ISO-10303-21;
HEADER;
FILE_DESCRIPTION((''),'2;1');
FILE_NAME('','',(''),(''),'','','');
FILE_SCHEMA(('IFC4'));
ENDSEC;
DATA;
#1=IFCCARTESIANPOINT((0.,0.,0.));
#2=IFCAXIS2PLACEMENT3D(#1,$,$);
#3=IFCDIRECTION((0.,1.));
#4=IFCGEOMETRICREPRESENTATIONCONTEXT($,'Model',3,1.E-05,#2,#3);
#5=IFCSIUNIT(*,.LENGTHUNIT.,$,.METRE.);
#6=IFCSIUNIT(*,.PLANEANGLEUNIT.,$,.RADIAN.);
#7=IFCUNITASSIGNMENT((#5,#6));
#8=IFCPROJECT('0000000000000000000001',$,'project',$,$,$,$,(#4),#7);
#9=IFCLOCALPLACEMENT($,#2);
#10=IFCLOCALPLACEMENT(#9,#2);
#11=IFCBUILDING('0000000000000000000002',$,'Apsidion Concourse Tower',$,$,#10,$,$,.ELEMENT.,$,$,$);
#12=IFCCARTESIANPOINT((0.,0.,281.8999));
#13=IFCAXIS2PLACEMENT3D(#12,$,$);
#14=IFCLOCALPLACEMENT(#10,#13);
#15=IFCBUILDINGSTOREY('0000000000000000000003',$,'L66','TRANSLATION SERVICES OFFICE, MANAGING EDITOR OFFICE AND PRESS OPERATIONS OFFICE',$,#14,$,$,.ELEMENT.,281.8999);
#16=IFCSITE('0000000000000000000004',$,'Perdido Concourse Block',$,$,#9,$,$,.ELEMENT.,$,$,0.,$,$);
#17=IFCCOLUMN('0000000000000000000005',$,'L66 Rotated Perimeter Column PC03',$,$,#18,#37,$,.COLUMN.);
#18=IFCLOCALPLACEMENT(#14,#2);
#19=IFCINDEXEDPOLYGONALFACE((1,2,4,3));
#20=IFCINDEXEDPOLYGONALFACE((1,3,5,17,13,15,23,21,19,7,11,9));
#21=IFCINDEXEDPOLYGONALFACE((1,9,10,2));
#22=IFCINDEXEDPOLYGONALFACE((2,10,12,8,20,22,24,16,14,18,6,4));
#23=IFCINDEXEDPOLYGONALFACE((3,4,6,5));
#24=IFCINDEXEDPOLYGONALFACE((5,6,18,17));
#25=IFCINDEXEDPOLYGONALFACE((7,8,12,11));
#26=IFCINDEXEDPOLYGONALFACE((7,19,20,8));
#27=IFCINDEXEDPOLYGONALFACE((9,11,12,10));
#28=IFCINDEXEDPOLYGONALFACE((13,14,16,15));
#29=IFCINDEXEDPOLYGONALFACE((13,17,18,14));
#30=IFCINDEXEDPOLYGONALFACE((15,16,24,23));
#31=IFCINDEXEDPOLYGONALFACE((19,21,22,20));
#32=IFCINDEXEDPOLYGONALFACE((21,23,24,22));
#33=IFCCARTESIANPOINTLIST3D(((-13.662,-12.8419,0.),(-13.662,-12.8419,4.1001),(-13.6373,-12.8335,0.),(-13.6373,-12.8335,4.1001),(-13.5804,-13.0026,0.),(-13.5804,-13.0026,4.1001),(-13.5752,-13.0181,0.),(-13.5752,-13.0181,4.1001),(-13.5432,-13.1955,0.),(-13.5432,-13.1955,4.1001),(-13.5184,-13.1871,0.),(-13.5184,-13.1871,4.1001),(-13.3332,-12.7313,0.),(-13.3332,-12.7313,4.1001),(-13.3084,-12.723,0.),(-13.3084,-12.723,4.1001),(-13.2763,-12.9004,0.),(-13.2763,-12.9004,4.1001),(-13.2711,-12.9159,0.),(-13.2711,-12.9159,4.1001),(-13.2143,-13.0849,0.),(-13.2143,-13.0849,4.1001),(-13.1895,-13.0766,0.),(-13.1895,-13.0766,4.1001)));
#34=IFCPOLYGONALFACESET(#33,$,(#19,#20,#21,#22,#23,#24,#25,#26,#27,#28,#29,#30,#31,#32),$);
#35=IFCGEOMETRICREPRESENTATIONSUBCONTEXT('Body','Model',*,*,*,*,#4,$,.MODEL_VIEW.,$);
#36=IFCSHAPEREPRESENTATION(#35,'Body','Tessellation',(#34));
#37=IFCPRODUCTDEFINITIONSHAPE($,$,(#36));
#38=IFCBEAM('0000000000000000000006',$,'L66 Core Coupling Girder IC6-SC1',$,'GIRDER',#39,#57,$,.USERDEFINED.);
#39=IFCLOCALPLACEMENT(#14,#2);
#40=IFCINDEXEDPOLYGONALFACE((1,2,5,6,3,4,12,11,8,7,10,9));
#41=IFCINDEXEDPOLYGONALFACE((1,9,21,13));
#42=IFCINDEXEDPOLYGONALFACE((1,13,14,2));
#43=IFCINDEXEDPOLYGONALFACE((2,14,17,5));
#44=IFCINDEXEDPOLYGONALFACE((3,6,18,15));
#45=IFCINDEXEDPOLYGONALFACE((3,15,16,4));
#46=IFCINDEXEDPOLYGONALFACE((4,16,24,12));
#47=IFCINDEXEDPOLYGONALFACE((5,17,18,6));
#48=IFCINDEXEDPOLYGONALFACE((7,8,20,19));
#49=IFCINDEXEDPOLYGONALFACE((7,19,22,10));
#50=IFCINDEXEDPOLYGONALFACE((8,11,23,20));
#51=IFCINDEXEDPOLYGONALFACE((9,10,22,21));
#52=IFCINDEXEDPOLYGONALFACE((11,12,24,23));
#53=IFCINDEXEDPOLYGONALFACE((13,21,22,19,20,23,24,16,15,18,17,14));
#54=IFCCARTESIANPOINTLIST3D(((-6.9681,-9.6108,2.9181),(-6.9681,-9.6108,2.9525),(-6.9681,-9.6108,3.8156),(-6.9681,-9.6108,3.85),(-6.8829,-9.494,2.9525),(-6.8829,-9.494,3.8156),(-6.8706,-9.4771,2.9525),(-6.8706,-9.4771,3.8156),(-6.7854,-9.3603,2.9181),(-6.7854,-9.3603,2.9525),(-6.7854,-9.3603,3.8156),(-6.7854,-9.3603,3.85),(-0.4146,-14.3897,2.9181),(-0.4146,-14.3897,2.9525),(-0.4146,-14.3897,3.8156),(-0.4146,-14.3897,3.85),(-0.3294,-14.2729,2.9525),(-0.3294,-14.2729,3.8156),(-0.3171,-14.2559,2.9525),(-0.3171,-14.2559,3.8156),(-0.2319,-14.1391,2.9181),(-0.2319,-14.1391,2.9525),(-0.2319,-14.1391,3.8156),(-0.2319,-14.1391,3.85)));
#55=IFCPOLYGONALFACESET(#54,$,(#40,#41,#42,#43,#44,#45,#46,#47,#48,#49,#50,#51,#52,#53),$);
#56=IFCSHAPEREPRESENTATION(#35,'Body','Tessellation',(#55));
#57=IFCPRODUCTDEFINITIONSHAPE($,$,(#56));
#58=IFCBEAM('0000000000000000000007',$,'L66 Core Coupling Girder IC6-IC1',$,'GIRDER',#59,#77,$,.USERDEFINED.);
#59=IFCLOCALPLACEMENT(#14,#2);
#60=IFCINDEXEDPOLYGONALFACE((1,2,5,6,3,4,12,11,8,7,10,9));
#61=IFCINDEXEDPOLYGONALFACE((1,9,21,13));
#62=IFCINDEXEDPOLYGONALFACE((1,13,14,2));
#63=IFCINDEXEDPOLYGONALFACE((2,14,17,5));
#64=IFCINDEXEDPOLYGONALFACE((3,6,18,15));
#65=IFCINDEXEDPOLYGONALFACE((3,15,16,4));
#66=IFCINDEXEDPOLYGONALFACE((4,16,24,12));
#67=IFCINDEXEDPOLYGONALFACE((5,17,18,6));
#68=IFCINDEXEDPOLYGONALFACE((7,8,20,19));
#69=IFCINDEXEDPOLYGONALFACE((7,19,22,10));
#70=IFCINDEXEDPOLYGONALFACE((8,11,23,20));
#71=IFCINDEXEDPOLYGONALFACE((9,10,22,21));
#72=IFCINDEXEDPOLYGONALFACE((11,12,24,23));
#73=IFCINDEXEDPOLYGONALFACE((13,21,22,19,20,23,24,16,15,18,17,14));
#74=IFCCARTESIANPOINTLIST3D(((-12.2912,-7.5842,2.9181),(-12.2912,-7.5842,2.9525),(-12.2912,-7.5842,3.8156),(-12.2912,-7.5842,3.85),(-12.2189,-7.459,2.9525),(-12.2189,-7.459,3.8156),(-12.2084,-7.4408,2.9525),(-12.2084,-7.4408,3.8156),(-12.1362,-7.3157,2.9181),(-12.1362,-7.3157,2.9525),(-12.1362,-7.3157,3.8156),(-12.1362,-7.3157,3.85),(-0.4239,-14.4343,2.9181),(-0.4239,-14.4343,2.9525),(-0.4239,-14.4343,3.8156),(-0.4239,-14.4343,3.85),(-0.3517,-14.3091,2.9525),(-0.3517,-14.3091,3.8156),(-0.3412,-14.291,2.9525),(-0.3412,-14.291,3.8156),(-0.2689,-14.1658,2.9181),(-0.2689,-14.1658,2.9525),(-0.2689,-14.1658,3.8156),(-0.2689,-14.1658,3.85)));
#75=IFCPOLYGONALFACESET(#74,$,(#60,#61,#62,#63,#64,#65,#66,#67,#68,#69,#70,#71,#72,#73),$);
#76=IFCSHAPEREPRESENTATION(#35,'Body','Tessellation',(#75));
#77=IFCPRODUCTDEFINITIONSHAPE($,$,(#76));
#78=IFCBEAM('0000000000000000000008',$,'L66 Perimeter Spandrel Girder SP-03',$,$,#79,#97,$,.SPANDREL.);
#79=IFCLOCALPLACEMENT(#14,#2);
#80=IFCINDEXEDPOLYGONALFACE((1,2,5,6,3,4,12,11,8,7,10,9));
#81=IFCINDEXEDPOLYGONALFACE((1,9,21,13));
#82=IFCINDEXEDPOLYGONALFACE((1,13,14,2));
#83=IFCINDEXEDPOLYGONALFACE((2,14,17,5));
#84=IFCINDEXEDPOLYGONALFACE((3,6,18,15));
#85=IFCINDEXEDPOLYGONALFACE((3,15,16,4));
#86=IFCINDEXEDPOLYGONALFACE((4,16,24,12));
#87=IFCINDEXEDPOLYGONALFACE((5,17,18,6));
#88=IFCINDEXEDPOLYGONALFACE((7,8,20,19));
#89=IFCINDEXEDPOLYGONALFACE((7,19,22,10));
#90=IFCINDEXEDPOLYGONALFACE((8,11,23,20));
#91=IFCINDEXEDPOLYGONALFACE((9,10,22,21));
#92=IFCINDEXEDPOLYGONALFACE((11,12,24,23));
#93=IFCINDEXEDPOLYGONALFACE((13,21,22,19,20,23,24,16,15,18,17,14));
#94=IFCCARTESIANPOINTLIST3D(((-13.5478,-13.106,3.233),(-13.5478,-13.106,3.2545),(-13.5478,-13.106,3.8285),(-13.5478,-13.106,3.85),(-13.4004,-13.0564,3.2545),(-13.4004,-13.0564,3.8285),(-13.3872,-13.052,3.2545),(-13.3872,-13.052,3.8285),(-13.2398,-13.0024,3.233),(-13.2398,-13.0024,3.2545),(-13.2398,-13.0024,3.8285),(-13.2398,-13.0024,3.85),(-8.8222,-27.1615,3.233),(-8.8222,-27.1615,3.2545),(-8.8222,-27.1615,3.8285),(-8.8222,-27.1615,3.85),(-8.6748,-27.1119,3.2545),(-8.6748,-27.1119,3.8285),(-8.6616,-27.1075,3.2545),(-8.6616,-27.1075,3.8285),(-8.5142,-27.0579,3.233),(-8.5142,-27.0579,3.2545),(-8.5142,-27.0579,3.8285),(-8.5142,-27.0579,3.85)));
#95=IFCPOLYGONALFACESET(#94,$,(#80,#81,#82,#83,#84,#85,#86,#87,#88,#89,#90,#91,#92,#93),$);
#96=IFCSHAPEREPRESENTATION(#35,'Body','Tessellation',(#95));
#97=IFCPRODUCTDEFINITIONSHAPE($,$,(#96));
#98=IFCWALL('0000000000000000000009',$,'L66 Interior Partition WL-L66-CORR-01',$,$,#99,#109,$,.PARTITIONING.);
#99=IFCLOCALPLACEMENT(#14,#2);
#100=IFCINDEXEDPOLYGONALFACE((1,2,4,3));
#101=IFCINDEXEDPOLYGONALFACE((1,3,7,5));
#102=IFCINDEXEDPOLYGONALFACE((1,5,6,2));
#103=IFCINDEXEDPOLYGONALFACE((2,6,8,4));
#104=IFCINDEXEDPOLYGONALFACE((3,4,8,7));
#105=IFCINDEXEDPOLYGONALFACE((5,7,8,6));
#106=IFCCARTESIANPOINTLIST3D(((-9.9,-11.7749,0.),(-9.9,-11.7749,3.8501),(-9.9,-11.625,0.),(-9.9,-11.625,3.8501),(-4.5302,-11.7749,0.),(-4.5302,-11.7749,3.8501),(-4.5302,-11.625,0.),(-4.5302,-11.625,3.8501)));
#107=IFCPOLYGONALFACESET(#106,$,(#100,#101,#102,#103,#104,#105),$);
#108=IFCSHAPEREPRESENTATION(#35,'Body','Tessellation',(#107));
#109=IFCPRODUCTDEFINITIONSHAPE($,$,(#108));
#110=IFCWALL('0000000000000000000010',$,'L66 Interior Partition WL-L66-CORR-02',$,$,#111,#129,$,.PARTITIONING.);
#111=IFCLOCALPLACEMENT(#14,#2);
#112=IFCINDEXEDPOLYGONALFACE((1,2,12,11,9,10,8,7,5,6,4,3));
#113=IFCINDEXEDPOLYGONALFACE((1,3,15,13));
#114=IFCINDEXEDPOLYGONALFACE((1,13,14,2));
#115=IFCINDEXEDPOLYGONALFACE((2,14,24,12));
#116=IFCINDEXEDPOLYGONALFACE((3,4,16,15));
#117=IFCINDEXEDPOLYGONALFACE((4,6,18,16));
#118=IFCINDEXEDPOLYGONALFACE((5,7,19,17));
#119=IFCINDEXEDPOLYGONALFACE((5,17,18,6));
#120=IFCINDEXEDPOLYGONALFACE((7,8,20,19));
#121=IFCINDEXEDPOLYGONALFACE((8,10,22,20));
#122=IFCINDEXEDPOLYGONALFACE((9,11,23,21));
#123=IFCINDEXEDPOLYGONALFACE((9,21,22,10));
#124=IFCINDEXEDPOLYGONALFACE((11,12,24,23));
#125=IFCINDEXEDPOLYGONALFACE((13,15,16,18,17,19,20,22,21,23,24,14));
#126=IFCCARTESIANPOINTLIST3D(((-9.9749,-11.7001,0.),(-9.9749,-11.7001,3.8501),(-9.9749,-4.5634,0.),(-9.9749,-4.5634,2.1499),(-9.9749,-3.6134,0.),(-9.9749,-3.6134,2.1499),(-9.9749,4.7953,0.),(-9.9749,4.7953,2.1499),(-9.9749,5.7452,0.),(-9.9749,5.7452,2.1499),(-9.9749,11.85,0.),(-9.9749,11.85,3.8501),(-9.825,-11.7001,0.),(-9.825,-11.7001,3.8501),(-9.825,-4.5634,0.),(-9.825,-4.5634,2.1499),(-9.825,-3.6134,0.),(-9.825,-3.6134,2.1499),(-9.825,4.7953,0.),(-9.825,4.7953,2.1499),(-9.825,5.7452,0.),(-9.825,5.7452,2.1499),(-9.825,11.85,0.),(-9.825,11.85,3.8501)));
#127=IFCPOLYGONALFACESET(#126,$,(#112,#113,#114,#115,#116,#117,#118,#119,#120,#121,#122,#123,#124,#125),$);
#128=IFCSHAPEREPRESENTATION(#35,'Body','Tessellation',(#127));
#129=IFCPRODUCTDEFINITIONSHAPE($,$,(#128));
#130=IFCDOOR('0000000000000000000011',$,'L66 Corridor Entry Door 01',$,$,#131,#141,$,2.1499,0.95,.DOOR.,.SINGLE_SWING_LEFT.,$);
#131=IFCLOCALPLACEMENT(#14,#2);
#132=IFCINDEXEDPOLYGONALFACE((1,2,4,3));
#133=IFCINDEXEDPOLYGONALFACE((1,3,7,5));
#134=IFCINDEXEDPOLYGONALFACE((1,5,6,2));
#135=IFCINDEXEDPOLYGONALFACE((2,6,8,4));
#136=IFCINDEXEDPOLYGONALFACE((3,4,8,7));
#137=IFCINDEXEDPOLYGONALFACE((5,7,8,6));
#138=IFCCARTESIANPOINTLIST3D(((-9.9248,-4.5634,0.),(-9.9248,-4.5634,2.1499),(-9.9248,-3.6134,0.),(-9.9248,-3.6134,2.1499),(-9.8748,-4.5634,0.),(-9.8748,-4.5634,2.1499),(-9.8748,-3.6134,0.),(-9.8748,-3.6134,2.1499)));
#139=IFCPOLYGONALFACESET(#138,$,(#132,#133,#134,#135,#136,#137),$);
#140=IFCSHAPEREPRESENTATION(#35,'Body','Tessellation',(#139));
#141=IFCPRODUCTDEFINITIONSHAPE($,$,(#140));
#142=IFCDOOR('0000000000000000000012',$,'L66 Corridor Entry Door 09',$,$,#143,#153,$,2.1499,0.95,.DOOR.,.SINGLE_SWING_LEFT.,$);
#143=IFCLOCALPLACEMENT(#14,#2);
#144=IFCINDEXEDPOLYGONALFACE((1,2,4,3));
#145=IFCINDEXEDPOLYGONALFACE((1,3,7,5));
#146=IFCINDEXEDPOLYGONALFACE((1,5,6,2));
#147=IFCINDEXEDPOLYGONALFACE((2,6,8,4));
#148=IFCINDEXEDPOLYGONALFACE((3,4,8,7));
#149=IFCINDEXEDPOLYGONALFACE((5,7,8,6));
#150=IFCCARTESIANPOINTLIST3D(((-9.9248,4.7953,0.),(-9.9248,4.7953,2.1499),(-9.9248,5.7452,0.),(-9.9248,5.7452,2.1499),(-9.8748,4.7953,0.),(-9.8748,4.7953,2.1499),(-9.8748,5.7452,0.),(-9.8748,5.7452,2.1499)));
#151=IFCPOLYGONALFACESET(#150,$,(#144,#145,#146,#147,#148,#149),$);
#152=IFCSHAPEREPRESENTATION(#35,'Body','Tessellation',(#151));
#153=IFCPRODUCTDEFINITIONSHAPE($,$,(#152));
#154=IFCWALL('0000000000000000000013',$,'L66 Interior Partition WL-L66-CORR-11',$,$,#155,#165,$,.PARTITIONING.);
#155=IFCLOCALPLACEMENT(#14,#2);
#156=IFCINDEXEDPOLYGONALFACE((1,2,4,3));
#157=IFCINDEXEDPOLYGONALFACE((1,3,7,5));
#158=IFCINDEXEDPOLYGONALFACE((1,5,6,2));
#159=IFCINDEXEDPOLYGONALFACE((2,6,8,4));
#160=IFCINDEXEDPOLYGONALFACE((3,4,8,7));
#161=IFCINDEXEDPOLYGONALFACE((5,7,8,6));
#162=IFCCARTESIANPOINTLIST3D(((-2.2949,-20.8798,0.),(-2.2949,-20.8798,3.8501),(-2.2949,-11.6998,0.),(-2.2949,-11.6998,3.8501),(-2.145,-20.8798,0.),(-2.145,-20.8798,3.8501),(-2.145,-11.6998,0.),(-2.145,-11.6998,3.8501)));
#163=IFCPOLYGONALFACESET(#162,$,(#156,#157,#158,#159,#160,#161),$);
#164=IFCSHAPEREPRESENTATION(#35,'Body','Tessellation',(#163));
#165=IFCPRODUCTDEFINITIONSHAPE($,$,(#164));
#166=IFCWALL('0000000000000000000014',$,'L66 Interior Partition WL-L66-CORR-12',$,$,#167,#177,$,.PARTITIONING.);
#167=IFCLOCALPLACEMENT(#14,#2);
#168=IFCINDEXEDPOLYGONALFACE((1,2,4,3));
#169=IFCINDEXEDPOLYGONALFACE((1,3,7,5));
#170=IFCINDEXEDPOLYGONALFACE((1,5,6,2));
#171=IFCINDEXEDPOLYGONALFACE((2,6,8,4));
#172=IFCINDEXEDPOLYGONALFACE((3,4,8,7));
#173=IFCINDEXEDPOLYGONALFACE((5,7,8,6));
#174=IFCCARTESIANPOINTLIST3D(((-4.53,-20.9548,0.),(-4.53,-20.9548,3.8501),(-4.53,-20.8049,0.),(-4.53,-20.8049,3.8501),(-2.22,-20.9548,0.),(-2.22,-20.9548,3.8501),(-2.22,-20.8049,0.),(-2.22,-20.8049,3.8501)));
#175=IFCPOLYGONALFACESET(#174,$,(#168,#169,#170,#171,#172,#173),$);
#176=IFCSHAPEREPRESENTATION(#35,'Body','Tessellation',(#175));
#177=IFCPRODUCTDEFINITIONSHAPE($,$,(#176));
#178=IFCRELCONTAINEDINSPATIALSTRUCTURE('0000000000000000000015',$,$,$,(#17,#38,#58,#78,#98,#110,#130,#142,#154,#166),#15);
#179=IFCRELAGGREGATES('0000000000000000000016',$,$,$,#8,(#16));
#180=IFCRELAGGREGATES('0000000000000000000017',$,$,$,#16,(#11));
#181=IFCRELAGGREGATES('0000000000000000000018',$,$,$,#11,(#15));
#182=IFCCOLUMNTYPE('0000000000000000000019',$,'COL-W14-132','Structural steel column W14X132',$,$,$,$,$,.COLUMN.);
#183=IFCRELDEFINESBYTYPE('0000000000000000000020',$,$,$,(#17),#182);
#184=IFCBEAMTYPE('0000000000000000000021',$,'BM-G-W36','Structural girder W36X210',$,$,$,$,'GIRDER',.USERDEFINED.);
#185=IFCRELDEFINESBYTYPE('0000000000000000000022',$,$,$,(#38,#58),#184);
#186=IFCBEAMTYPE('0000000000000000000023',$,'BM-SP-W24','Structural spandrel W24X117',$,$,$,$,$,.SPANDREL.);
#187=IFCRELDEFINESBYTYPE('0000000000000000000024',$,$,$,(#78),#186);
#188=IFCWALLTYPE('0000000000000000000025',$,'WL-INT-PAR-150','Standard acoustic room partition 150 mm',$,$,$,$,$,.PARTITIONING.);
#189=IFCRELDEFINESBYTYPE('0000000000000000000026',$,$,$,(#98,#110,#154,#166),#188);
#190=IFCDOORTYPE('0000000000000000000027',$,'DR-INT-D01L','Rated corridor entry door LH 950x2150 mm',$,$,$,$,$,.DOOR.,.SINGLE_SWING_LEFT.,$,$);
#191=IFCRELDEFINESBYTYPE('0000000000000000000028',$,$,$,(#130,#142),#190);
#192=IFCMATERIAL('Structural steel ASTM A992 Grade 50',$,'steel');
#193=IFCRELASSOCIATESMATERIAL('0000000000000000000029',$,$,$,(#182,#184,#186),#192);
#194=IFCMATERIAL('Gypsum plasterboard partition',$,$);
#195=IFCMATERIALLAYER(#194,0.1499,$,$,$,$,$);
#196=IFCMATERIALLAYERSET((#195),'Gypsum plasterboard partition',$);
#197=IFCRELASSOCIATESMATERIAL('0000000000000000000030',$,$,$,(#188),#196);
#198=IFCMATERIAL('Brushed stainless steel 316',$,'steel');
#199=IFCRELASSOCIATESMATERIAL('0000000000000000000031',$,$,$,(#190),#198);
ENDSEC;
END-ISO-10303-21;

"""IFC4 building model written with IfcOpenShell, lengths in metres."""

from ifc_helpers import new_model, si_unit, direction, frame, frame_2d, origin, origin_2d, place, context, subcontext, project, spatial, rectangle, i_section, extrude, material, layer, layer_set, material_profile, profile_set, type_object, element, fill, save


model = new_model("IFC4")

# Units and contexts
model_context = context("Model", 3, precision=1e-05, world=origin(), true_north=direction((0.0, 1.0)))
body_context = subcontext(model_context, "Body", "Model", "MODEL_VIEW")
ifc_project = project(units=[si_unit("LENGTHUNIT", "METRE"), si_unit("PLANEANGLEUNIT", "RADIAN")], contexts=[model_context])

# Site, building, storey
site_placement = place(None, origin())
site = spatial("IfcSite", under=ifc_project, at=site_placement, Name="Perdido Concourse Block", CompositionType="ELEMENT", RefElevation=0.0)
building_placement = place(site_placement, origin())
building = spatial("IfcBuilding", under=site, at=building_placement, Name="Apsidion Concourse Tower", CompositionType="ELEMENT")
storey_placement = place(building_placement, frame((0.0, 0.0, 281.8999)))
storey = spatial("IfcBuildingStorey", under=building, at=storey_placement, Name="L66", Description="TRANSLATION SERVICES OFFICE, MANAGING EDITOR OFFICE AND PRESS OPERATIONS OFFICE", CompositionType="ELEMENT", Elevation=281.8999)

# Column
ifc_material_1 = material(Name="Structural steel ASTM A992 Grade 50", Category="steel")
ifc_material_profile_1 = material_profile(ifc_material_1, i_section(OverallWidth=0.373, OverallDepth=0.373, WebThickness=0.0164, FlangeThickness=0.0261, at=origin_2d()), Name="W14X132")
ifc_profile_set_1 = profile_set([ifc_material_profile_1], Name="Structural steel ASTM A992 Grade 50")
column_type = type_object("IfcColumnType", Name="COL-W14-132", Description="Structural steel column W14X132", PredefinedType="COLUMN", material=ifc_profile_set_1)
column_placement = place(storey_placement, frame((-13.4258, -12.9592, 0.0), z_axis=(0.0, 0.0, 1.0), x_axis=(-0.318628, 0.94788, 0.0)))
element("IfcColumn", 1, at=column_placement, inside=storey, type_object=column_type, Name="L66 Rotated Perimeter Column PC03", PredefinedType="COLUMN", context=body_context, shape_type="SweptSolid", body=[
    extrude(i_section(OverallWidth=0.373, OverallDepth=0.373, WebThickness=0.0164, FlangeThickness=0.0261, at=origin_2d()), origin(), (0.0, 0.0, 1.0), 4.1001),
])

# Beams
ifc_material_profile_2 = material_profile(ifc_material_1, i_section(OverallWidth=0.3101, OverallDepth=0.9319, WebThickness=0.021, FlangeThickness=0.0344, at=origin_2d()), Name="W36X210")
ifc_profile_set_2 = profile_set([ifc_material_profile_2], Name="Structural steel ASTM A992 Grade 50")
beam_type_1 = type_object("IfcBeamType", Name="BM-G-W36", Description="Structural girder W36X210", ElementType="GIRDER", PredefinedType="USERDEFINED", material=ifc_profile_set_2)
beam_1_placement = place(storey_placement, frame((-0.3232, -14.2644, 3.384), z_axis=(-0.807993, 0.589191, 0.0), x_axis=(-0.589191, -0.807993, 0.0)))
element("IfcBeam", 2, at=beam_1_placement, inside=storey, type_object=beam_type_1, Name="L66 Core Coupling Girder IC6-SC1", ObjectType="GIRDER", PredefinedType="USERDEFINED", context=body_context, shape_type="SweptSolid", body=[
    extrude(i_section(OverallWidth=0.3101, OverallDepth=0.9319, WebThickness=0.021, FlangeThickness=0.0344, at=origin_2d()), origin(), (0.0, 0.0, 1.0), 8.1108),
])
beam_2_placement = place(storey_placement, frame((-0.3464, -14.3, 3.384), z_axis=(-0.86607, 0.499922, 0.0), x_axis=(-0.499922, -0.86607, 0.0)))
element("IfcBeam", 3, at=beam_2_placement, inside=storey, type_object=beam_type_1, Name="L66 Core Coupling Girder IC6-IC1", ObjectType="GIRDER", PredefinedType="USERDEFINED", context=body_context, shape_type="SweptSolid", body=[
    extrude(i_section(OverallWidth=0.3101, OverallDepth=0.9319, WebThickness=0.021, FlangeThickness=0.0344, at=origin_2d()), origin(), (0.0, 0.0, 1.0), 13.7024),
])
ifc_material_profile_3 = material_profile(ifc_material_1, i_section(OverallWidth=0.325, OverallDepth=0.6169, WebThickness=0.0139, FlangeThickness=0.0215, at=origin_2d()), Name="W24X117")
ifc_profile_set_3 = profile_set([ifc_material_profile_3], Name="Structural steel ASTM A992 Grade 50")
beam_type_2 = type_object("IfcBeamType", Name="BM-SP-W24", Description="Structural spandrel W24X117", PredefinedType="SPANDREL", material=ifc_profile_set_3)
beam_3_placement = place(storey_placement, frame((-13.3938, -13.0542, 3.5415), z_axis=(0.318682, -0.947862, 0.0), x_axis=(0.947862, 0.318682, 0.0)))
element("IfcBeam", 4, at=beam_3_placement, inside=storey, type_object=beam_type_2, Name="L66 Perimeter Spandrel Girder SP-03", PredefinedType="SPANDREL", context=body_context, shape_type="SweptSolid", body=[
    extrude(i_section(OverallWidth=0.325, OverallDepth=0.6169, WebThickness=0.0139, FlangeThickness=0.0215, at=origin_2d()), origin(), (0.0, 0.0, 1.0), 14.8286),
])

# Wall
ifc_material_2 = material(Name="Gypsum plasterboard partition")
ifc_layer = layer(ifc_material_2, 0.1499)
ifc_layer_set = layer_set([ifc_layer], Name="Gypsum plasterboard partition")
wall_type = type_object("IfcWallType", Name="WL-INT-PAR-150", Description="Standard acoustic room partition 150 mm", PredefinedType="PARTITIONING", material=ifc_layer_set)
wall_1_placement = place(storey_placement, frame((-4.53, -11.7, 0.0), z_axis=(0.0, 0.0, 1.0), x_axis=(-1.0, 0.0, 0.0)))
element("IfcWall", 5, at=wall_1_placement, inside=storey, type_object=wall_type, Name="L66 Interior Partition WL-L66-CORR-01", PredefinedType="PARTITIONING", context=body_context, shape_type="SweptSolid", body=[
    extrude(rectangle(XDim=5.3699, YDim=0.1499, at=frame_2d((2.6851, 0.0))), origin(), (0.0, 0.0, 1.0), 3.8501),
])

# Wall, openings, doors
wall_2_placement = place(storey_placement, frame((-9.8999, -11.7, 0.0), z_axis=(0.0, 0.0, 1.0), x_axis=(0.0, 1.0, 0.0)))
wall_2 = element("IfcWall", 6, at=wall_2_placement, inside=storey, type_object=wall_type, Name="L66 Interior Partition WL-L66-CORR-02", PredefinedType="PARTITIONING", context=body_context, shape_type="SweptSolid", body=[
    extrude(rectangle(XDim=23.55, YDim=0.1499, at=frame_2d((11.7749, 0.0))), origin(), (0.0, 0.0, 1.0), 3.8501),
])
opening_1_placement = place(wall_2_placement, frame((7.1365, 0.0, 0.0)))
opening_1 = element("IfcOpeningElement", 7, at=opening_1_placement, cuts=wall_2, PredefinedType="OPENING", context=body_context, shape_type="SweptSolid", body=[
    extrude(rectangle(XDim=0.95, YDim=2.1499, at=frame_2d((0.4751, 1.075))), frame((0.0, 0.085, 0.0), z_axis=(0.0, -1.0, 0.0), x_axis=(1.0, 0.0, 0.0)), (0.0, 0.0, 1.0), 0.1699),
])
opening_2_placement = place(wall_2_placement, frame((16.4951, 0.0, 0.0)))
opening_2 = element("IfcOpeningElement", 8, at=opening_2_placement, cuts=wall_2, PredefinedType="OPENING", context=body_context, shape_type="SweptSolid", body=[
    extrude(rectangle(XDim=0.95, YDim=2.1499, at=frame_2d((0.4751, 1.075))), frame((0.0, 0.085, 0.0), z_axis=(0.0, -1.0, 0.0), x_axis=(1.0, 0.0, 0.0)), (0.0, 0.0, 1.0), 0.1699),
])
ifc_material_3 = material(Name="Brushed stainless steel 316", Category="steel")
door_type_1 = type_object("IfcDoorType", Name="DR-INT-D01L", Description="Rated corridor entry door LH 950x2150 mm", OperationType="SINGLE_SWING_LEFT", PredefinedType="DOOR", material=ifc_material_3)
door_1_placement = place(opening_1_placement, origin())
door_1 = element("IfcDoor", 9, at=door_1_placement, inside=storey, type_object=door_type_1, Name="L66 Corridor Entry Door 01", OperationType="SINGLE_SWING_LEFT", OverallHeight=2.1499, OverallWidth=0.95, PredefinedType="DOOR", context=body_context, shape_type="SweptSolid", body=[
    extrude(rectangle(XDim=0.95, YDim=2.1499, at=frame_2d((0.4751, 1.075))), frame((0.0, 0.0249, 0.0), z_axis=(0.0, -1.0, 0.0), x_axis=(1.0, 0.0, 0.0)), (0.0, 0.0, 1.0), 0.05),
])
fill(opening_1, door_1)
door_2_placement = place(opening_2_placement, origin())
door_2 = element("IfcDoor", 10, at=door_2_placement, inside=storey, type_object=door_type_1, Name="L66 Corridor Entry Door 09", OperationType="SINGLE_SWING_LEFT", OverallHeight=2.1499, OverallWidth=0.95, PredefinedType="DOOR", context=body_context, shape_type="SweptSolid", body=[
    extrude(rectangle(XDim=0.95, YDim=2.1499, at=frame_2d((0.4751, 1.075))), frame((0.0, 0.0249, 0.0), z_axis=(0.0, -1.0, 0.0), x_axis=(1.0, 0.0, 0.0)), (0.0, 0.0, 1.0), 0.05),
])
fill(opening_2, door_2)

# Walls
wall_3_placement = place(storey_placement, frame((-2.22, -11.7, 0.0), z_axis=(0.0, 0.0, 1.0), x_axis=(0.0, -1.0, 0.0)))
element("IfcWall", 11, at=wall_3_placement, inside=storey, type_object=wall_type, Name="L66 Interior Partition WL-L66-CORR-11", PredefinedType="PARTITIONING", context=body_context, shape_type="SweptSolid", body=[
    extrude(rectangle(XDim=9.1799, YDim=0.1499, at=frame_2d((4.5898, 0.0))), origin(), (0.0, 0.0, 1.0), 3.8501),
])
wall_4_placement = place(storey_placement, frame((-2.22, -20.8799, 0.0), z_axis=(0.0, 0.0, 1.0), x_axis=(-1.0, 0.0, 0.0)))
element("IfcWall", 12, at=wall_4_placement, inside=storey, type_object=wall_type, Name="L66 Interior Partition WL-L66-CORR-12", PredefinedType="PARTITIONING", context=body_context, shape_type="SweptSolid", body=[
    extrude(rectangle(XDim=2.3101, YDim=0.1499, at=frame_2d((1.155, 0.0))), origin(), (0.0, 0.0, 1.0), 3.8501),
])

save(model, "model.ifc")
